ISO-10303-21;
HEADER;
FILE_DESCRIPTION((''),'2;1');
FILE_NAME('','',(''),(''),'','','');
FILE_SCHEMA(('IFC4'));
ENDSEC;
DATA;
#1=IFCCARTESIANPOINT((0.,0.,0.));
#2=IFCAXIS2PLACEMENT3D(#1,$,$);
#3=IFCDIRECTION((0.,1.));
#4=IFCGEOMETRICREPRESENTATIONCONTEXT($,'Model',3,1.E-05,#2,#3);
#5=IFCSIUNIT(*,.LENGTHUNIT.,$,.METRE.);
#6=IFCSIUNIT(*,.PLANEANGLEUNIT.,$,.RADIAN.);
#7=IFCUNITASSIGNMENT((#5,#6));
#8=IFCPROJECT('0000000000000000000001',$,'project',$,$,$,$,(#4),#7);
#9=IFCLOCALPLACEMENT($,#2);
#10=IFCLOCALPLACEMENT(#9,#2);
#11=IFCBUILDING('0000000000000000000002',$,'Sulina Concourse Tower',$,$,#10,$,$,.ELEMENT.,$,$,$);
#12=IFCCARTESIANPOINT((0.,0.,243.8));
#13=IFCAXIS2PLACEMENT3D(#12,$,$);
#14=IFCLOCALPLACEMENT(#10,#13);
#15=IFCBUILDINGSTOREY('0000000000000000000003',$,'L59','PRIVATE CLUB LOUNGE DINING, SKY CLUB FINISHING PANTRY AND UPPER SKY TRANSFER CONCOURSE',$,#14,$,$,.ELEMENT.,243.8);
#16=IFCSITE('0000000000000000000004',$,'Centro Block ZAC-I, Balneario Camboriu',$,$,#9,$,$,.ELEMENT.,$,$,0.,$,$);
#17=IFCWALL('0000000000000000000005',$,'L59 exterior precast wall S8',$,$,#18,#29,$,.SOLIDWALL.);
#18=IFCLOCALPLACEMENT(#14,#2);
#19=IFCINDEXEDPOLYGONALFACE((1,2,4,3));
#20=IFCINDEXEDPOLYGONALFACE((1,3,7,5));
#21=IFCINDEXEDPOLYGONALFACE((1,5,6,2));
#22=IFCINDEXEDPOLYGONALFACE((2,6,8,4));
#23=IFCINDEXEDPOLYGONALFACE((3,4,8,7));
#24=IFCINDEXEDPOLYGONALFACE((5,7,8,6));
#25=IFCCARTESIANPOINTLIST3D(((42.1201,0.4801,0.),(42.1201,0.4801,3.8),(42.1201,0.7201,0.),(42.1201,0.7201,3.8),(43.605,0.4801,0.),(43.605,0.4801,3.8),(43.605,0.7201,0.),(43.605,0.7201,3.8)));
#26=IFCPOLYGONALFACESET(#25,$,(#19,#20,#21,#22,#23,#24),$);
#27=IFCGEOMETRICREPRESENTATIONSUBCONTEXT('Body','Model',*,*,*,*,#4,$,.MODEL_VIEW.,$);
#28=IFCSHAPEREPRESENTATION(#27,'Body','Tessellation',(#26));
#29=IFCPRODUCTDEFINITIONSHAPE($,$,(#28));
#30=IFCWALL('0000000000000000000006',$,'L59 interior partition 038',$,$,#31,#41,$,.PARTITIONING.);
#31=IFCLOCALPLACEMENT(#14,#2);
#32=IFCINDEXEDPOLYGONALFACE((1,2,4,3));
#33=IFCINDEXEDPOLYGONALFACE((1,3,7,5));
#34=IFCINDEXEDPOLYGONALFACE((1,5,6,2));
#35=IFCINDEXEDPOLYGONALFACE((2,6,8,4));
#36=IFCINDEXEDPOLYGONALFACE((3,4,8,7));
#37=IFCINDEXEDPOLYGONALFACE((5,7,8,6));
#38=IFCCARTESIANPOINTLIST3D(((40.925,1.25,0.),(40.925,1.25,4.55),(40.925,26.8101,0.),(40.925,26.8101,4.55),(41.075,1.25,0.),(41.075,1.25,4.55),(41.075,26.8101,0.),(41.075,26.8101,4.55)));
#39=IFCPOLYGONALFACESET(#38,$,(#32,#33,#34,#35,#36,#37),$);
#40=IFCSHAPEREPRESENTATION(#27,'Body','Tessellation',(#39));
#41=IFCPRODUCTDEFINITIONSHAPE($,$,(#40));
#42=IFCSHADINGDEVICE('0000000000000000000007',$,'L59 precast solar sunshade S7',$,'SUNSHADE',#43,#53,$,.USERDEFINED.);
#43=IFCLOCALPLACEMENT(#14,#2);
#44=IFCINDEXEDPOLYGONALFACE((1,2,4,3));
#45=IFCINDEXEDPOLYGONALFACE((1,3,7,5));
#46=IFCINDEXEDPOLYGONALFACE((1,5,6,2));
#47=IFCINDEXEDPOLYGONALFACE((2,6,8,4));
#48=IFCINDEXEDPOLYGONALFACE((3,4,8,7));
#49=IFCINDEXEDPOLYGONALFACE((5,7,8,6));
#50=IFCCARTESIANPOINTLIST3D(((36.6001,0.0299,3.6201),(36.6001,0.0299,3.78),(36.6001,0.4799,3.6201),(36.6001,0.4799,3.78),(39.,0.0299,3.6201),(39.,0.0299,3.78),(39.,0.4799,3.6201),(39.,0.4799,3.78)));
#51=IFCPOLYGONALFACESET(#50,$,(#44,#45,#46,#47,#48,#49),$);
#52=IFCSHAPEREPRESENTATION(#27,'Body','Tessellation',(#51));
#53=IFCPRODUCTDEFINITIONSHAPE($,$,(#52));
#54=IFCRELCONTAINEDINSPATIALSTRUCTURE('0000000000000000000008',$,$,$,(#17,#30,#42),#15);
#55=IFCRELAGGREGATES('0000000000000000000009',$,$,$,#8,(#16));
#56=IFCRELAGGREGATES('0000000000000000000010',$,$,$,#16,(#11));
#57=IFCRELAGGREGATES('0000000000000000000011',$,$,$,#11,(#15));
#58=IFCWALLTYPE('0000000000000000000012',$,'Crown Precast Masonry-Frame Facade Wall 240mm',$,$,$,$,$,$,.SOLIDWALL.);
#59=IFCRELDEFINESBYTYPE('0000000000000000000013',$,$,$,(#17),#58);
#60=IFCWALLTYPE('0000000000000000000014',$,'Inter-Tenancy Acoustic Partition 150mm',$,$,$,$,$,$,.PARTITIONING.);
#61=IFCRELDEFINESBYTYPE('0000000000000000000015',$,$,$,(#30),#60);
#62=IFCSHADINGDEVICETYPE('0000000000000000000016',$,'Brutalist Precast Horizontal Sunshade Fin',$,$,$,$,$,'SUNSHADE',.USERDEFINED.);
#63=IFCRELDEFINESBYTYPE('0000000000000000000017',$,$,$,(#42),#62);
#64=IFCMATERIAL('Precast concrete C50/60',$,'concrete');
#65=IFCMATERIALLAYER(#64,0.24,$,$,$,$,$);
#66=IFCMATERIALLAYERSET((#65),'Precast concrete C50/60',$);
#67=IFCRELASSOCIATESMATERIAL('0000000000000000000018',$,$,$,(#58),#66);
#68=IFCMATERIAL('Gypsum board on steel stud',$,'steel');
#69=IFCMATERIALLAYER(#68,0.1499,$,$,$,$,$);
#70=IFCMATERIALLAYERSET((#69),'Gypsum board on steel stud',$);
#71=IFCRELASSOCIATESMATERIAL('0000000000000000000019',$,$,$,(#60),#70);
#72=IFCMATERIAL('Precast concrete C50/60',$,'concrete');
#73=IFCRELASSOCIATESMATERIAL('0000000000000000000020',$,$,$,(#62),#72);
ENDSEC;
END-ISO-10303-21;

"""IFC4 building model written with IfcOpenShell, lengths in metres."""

from ifc_helpers import new_model, si_unit, direction, frame, frame_2d, origin, origin_2d, place, context, subcontext, project, spatial, rectangle, extrude, material, layer, layer_set, type_object, element, save


model = new_model("IFC4")

# Units and contexts
model_context = context("Model", 3, precision=1e-05, world=origin(), true_north=direction((0.0, 1.0)))
body_context = subcontext(model_context, "Body", "Model", "MODEL_VIEW")
ifc_project = project(units=[si_unit("LENGTHUNIT", "METRE"), si_unit("PLANEANGLEUNIT", "RADIAN")], contexts=[model_context])

# Site, building, storey
site_placement = place(None, origin())
site = spatial("IfcSite", under=ifc_project, at=site_placement, Name="Centro Block ZAC-I, Balneario Camboriu", CompositionType="ELEMENT", RefElevation=0.0)
building_placement = place(site_placement, origin())
building = spatial("IfcBuilding", under=site, at=building_placement, Name="Sulina Concourse Tower", CompositionType="ELEMENT")
storey_placement = place(building_placement, frame((0.0, 0.0, 243.8)))
storey = spatial("IfcBuildingStorey", under=building, at=storey_placement, Name="L59", Description="PRIVATE CLUB LOUNGE DINING, SKY CLUB FINISHING PANTRY AND UPPER SKY TRANSFER CONCOURSE", CompositionType="ELEMENT", Elevation=243.8)

# Shared definitions
ifc_material_1 = material(Name="Precast concrete C50/60", Category="concrete")
ifc_layer_1 = layer(ifc_material_1, 0.24)
ifc_layer_set_1 = layer_set([ifc_layer_1], Name="Precast concrete C50/60")
wall_type_1 = type_object("IfcWallType", Name="Crown Precast Masonry-Frame Facade Wall 240mm", PredefinedType="SOLIDWALL", material=ifc_layer_set_1)

# Walls
wall_1_placement = place(storey_placement, frame((43.605, 0.6001, 0.0), z_axis=(0.0, 0.0, 1.0), x_axis=(-1.0, 0.0, 0.0)))
element("IfcWall", 1, at=wall_1_placement, inside=storey, type_object=wall_type_1, Name="L59 exterior precast wall S8", PredefinedType="SOLIDWALL", context=body_context, shape_type="SweptSolid", body=[
    extrude(rectangle(XDim=1.4849, YDim=0.24, at=frame_2d((0.7424, 0.0))), origin(), (0.0, 0.0, 1.0), 3.8),
])
ifc_material_2 = material(Name="Gypsum board on steel stud", Category="steel")
ifc_layer_2 = layer(ifc_material_2, 0.1499)
ifc_layer_set_2 = layer_set([ifc_layer_2], Name="Gypsum board on steel stud")
wall_type_2 = type_object("IfcWallType", Name="Inter-Tenancy Acoustic Partition 150mm", PredefinedType="PARTITIONING", material=ifc_layer_set_2)
wall_2_placement = place(storey_placement, frame((41.0, 1.25, 0.0), z_axis=(0.0, 0.0, 1.0), x_axis=(0.0, 1.0, 0.0)))
element("IfcWall", 2, at=wall_2_placement, inside=storey, type_object=wall_type_2, Name="L59 interior partition 038", PredefinedType="PARTITIONING", context=body_context, shape_type="SweptSolid", body=[
    extrude(rectangle(XDim=25.5601, YDim=0.1499, at=frame_2d((12.78, 0.0))), origin(), (0.0, 0.0, 1.0), 4.55),
])

# Shading device
ifc_material_3 = material(Name="Precast concrete C50/60", Category="concrete")
shading_device_type = type_object("IfcShadingDeviceType", Name="Brutalist Precast Horizontal Sunshade Fin", ElementType="SUNSHADE", PredefinedType="USERDEFINED", material=ifc_material_3)
shading_device_placement = place(storey_placement, frame((37.8, 0.2549, 3.6201), z_axis=(0.0, 0.0, 1.0), x_axis=(1.0, 0.0, 0.0)))
element("IfcShadingDevice", 3, at=shading_device_placement, inside=storey, type_object=shading_device_type, Name="L59 precast solar sunshade S7", ObjectType="SUNSHADE", PredefinedType="USERDEFINED", context=body_context, shape_type="SweptSolid", body=[
    extrude(rectangle(XDim=2.3999, YDim=0.45, at=origin_2d()), origin(), (0.0, 0.0, 1.0), 0.1599),
])

save(model, "model.ifc")
